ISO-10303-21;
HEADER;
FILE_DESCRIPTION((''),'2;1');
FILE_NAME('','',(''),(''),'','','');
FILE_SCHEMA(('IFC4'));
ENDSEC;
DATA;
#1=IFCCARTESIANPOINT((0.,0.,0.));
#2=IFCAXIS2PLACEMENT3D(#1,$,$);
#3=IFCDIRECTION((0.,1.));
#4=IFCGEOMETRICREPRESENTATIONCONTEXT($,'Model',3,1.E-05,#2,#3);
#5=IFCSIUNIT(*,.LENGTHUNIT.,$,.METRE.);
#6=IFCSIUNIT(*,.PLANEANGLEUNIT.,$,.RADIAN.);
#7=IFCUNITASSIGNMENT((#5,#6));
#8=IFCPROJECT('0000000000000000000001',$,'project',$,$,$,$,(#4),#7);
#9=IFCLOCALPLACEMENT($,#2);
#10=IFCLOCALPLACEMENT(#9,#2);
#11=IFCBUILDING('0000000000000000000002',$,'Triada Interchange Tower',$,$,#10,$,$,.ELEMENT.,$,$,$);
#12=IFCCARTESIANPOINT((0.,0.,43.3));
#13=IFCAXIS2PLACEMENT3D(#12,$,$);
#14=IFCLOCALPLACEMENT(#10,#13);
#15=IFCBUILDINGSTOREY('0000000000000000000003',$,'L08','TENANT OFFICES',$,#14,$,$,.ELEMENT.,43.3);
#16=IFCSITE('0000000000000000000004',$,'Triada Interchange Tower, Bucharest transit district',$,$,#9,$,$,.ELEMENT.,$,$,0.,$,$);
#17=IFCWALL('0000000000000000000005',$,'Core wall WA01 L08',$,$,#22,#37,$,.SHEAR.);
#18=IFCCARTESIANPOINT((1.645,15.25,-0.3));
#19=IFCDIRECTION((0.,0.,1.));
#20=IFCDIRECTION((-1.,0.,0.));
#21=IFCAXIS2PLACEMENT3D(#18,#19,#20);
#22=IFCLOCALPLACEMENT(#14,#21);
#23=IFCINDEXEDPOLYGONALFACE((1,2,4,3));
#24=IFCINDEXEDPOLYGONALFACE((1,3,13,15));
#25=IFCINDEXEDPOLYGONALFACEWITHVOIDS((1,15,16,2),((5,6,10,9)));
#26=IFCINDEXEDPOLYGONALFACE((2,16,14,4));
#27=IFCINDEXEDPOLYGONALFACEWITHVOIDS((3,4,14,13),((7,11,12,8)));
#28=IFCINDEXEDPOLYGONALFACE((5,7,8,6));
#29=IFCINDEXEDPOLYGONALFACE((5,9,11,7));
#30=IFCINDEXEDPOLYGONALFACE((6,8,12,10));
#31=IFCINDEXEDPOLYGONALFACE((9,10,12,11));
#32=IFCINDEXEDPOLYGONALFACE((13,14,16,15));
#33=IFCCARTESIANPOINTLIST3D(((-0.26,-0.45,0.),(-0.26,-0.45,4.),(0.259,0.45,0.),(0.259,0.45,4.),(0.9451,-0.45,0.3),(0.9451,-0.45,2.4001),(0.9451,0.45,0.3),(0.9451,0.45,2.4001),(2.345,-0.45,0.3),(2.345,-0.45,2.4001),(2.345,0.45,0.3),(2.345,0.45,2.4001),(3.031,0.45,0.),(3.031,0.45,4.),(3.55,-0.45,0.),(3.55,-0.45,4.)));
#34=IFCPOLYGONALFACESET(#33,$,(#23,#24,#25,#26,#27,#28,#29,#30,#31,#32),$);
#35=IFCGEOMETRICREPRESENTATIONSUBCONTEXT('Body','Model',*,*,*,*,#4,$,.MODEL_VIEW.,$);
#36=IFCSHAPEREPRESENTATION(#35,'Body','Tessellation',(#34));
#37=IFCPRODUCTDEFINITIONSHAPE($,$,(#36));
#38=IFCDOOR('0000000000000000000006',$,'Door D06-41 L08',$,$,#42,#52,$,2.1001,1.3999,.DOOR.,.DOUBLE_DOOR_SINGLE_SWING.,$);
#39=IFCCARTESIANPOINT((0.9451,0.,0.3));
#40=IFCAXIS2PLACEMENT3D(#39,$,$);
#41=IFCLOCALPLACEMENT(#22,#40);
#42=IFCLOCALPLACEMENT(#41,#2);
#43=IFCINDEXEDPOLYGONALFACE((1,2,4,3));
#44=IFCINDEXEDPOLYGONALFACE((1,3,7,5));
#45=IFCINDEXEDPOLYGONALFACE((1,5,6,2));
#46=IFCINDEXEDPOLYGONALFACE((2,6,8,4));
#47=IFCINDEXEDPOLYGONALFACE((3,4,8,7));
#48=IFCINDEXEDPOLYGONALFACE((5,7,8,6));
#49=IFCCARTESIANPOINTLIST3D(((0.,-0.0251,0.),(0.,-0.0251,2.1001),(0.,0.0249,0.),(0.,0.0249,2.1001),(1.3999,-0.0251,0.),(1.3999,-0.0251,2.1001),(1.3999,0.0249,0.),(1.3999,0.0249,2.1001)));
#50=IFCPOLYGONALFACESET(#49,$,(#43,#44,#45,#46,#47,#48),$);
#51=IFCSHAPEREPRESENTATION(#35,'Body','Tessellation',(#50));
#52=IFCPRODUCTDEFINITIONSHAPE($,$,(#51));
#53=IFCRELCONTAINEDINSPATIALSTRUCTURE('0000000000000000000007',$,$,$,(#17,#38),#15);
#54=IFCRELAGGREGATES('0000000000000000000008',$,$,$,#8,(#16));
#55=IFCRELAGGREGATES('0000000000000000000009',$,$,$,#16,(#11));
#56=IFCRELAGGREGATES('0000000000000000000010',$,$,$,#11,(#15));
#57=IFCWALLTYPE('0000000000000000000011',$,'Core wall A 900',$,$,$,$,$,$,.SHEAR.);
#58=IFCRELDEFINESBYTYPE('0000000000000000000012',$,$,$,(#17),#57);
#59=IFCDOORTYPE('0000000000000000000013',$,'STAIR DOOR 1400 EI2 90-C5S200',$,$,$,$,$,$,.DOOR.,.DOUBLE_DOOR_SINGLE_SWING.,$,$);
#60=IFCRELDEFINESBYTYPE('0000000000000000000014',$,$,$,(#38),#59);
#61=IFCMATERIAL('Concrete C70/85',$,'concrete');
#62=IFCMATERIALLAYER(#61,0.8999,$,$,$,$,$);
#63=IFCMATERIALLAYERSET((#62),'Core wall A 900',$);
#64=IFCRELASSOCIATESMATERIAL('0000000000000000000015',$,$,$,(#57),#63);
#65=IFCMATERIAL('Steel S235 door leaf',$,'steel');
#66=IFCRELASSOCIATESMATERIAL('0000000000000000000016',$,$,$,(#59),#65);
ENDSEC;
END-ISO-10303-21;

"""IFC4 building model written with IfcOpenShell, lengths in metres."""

from ifc_helpers import new_model, si_unit, direction, frame, frame_2d, origin, place, context, subcontext, project, spatial, polyline, rectangle, outline, extrude, material, layer, layer_set, type_object, element, fill, save


model = new_model("IFC4")

# Units and contexts
model_context = context("Model", 3, precision=1e-05, world=origin(), true_north=direction((0.0, 1.0)))
body_context = subcontext(model_context, "Body", "Model", "MODEL_VIEW")
ifc_project = project(units=[si_unit("LENGTHUNIT", "METRE"), si_unit("PLANEANGLEUNIT", "RADIAN")], contexts=[model_context])

# Site, building, storey
site_placement = place(None, origin())
site = spatial("IfcSite", under=ifc_project, at=site_placement, Name="Triada Interchange Tower, Bucharest transit district", CompositionType="ELEMENT", RefElevation=0.0)
building_placement = place(site_placement, origin())
building = spatial("IfcBuilding", under=site, at=building_placement, Name="Triada Interchange Tower", CompositionType="ELEMENT")
storey_placement = place(building_placement, frame((0.0, 0.0, 43.3)))
storey = spatial("IfcBuildingStorey", under=building, at=storey_placement, Name="L08", Description="TENANT OFFICES", CompositionType="ELEMENT", Elevation=43.3)

# Shared definitions
ifc_material_1 = material(Name="Concrete C70/85", Category="concrete")

# Wall, opening, door
ifc_layer_1 = layer(ifc_material_1, 0.8999)
ifc_layer_set_1 = layer_set([ifc_layer_1], Name="Core wall A 900")
wall_type_1 = type_object("IfcWallType", Name="Core wall A 900", PredefinedType="SHEAR", material=ifc_layer_set_1)
wall_1_placement = place(storey_placement, frame((1.645, 15.25, -0.3), z_axis=(0.0, 0.0, 1.0), x_axis=(-1.0, 0.0, 0.0)))
wall_1 = element("IfcWall", 1, at=wall_1_placement, inside=storey, type_object=wall_type_1, Name="Core wall WA01 L08", PredefinedType="SHEAR", context=body_context, shape_type="SweptSolid", body=[
    extrude(outline(polyline([(-0.26, -0.45), (1.645, -0.45), (3.55, -0.45), (3.031, 0.45), (1.645, 0.45), (0.259, 0.45), (-0.26, -0.45)])), origin(), (0.0, 0.0, 1.0), 4.0),
])
opening_placement = place(wall_1_placement, frame((0.9451, 0.0, 0.3)))
opening = element("IfcOpeningElement", 2, at=opening_placement, cuts=wall_1, PredefinedType="OPENING", context=body_context, shape_type="SweptSolid", body=[
    extrude(rectangle(XDim=1.3999, YDim=2.1001, at=frame_2d((0.7, 1.05))), frame((0.0, 0.46, 0.0), z_axis=(0.0, -1.0, 0.0), x_axis=(1.0, 0.0, 0.0)), (0.0, 0.0, 1.0), 0.9199),
])
ifc_material_2 = material(Name="Steel S235 door leaf", Category="steel")
door_type = type_object("IfcDoorType", Name="STAIR DOOR 1400 EI2 90-C5S200", OperationType="DOUBLE_DOOR_SINGLE_SWING", PredefinedType="DOOR", material=ifc_material_2)
door_placement = place(opening_placement, origin())
door = element("IfcDoor", 3, at=door_placement, inside=storey, type_object=door_type, Name="Door D06-41 L08", OperationType="DOUBLE_DOOR_SINGLE_SWING", OverallHeight=2.1001, OverallWidth=1.3999, PredefinedType="DOOR", context=body_context, shape_type="SweptSolid", body=[
    extrude(rectangle(XDim=1.3999, YDim=2.1001, at=frame_2d((0.7, 1.05))), frame((0.0, 0.0249, 0.0), z_axis=(0.0, -1.0, 0.0), x_axis=(1.0, 0.0, 0.0)), (0.0, 0.0, 1.0), 0.05),
])
fill(opening, door)

save(model, "model.ifc")
